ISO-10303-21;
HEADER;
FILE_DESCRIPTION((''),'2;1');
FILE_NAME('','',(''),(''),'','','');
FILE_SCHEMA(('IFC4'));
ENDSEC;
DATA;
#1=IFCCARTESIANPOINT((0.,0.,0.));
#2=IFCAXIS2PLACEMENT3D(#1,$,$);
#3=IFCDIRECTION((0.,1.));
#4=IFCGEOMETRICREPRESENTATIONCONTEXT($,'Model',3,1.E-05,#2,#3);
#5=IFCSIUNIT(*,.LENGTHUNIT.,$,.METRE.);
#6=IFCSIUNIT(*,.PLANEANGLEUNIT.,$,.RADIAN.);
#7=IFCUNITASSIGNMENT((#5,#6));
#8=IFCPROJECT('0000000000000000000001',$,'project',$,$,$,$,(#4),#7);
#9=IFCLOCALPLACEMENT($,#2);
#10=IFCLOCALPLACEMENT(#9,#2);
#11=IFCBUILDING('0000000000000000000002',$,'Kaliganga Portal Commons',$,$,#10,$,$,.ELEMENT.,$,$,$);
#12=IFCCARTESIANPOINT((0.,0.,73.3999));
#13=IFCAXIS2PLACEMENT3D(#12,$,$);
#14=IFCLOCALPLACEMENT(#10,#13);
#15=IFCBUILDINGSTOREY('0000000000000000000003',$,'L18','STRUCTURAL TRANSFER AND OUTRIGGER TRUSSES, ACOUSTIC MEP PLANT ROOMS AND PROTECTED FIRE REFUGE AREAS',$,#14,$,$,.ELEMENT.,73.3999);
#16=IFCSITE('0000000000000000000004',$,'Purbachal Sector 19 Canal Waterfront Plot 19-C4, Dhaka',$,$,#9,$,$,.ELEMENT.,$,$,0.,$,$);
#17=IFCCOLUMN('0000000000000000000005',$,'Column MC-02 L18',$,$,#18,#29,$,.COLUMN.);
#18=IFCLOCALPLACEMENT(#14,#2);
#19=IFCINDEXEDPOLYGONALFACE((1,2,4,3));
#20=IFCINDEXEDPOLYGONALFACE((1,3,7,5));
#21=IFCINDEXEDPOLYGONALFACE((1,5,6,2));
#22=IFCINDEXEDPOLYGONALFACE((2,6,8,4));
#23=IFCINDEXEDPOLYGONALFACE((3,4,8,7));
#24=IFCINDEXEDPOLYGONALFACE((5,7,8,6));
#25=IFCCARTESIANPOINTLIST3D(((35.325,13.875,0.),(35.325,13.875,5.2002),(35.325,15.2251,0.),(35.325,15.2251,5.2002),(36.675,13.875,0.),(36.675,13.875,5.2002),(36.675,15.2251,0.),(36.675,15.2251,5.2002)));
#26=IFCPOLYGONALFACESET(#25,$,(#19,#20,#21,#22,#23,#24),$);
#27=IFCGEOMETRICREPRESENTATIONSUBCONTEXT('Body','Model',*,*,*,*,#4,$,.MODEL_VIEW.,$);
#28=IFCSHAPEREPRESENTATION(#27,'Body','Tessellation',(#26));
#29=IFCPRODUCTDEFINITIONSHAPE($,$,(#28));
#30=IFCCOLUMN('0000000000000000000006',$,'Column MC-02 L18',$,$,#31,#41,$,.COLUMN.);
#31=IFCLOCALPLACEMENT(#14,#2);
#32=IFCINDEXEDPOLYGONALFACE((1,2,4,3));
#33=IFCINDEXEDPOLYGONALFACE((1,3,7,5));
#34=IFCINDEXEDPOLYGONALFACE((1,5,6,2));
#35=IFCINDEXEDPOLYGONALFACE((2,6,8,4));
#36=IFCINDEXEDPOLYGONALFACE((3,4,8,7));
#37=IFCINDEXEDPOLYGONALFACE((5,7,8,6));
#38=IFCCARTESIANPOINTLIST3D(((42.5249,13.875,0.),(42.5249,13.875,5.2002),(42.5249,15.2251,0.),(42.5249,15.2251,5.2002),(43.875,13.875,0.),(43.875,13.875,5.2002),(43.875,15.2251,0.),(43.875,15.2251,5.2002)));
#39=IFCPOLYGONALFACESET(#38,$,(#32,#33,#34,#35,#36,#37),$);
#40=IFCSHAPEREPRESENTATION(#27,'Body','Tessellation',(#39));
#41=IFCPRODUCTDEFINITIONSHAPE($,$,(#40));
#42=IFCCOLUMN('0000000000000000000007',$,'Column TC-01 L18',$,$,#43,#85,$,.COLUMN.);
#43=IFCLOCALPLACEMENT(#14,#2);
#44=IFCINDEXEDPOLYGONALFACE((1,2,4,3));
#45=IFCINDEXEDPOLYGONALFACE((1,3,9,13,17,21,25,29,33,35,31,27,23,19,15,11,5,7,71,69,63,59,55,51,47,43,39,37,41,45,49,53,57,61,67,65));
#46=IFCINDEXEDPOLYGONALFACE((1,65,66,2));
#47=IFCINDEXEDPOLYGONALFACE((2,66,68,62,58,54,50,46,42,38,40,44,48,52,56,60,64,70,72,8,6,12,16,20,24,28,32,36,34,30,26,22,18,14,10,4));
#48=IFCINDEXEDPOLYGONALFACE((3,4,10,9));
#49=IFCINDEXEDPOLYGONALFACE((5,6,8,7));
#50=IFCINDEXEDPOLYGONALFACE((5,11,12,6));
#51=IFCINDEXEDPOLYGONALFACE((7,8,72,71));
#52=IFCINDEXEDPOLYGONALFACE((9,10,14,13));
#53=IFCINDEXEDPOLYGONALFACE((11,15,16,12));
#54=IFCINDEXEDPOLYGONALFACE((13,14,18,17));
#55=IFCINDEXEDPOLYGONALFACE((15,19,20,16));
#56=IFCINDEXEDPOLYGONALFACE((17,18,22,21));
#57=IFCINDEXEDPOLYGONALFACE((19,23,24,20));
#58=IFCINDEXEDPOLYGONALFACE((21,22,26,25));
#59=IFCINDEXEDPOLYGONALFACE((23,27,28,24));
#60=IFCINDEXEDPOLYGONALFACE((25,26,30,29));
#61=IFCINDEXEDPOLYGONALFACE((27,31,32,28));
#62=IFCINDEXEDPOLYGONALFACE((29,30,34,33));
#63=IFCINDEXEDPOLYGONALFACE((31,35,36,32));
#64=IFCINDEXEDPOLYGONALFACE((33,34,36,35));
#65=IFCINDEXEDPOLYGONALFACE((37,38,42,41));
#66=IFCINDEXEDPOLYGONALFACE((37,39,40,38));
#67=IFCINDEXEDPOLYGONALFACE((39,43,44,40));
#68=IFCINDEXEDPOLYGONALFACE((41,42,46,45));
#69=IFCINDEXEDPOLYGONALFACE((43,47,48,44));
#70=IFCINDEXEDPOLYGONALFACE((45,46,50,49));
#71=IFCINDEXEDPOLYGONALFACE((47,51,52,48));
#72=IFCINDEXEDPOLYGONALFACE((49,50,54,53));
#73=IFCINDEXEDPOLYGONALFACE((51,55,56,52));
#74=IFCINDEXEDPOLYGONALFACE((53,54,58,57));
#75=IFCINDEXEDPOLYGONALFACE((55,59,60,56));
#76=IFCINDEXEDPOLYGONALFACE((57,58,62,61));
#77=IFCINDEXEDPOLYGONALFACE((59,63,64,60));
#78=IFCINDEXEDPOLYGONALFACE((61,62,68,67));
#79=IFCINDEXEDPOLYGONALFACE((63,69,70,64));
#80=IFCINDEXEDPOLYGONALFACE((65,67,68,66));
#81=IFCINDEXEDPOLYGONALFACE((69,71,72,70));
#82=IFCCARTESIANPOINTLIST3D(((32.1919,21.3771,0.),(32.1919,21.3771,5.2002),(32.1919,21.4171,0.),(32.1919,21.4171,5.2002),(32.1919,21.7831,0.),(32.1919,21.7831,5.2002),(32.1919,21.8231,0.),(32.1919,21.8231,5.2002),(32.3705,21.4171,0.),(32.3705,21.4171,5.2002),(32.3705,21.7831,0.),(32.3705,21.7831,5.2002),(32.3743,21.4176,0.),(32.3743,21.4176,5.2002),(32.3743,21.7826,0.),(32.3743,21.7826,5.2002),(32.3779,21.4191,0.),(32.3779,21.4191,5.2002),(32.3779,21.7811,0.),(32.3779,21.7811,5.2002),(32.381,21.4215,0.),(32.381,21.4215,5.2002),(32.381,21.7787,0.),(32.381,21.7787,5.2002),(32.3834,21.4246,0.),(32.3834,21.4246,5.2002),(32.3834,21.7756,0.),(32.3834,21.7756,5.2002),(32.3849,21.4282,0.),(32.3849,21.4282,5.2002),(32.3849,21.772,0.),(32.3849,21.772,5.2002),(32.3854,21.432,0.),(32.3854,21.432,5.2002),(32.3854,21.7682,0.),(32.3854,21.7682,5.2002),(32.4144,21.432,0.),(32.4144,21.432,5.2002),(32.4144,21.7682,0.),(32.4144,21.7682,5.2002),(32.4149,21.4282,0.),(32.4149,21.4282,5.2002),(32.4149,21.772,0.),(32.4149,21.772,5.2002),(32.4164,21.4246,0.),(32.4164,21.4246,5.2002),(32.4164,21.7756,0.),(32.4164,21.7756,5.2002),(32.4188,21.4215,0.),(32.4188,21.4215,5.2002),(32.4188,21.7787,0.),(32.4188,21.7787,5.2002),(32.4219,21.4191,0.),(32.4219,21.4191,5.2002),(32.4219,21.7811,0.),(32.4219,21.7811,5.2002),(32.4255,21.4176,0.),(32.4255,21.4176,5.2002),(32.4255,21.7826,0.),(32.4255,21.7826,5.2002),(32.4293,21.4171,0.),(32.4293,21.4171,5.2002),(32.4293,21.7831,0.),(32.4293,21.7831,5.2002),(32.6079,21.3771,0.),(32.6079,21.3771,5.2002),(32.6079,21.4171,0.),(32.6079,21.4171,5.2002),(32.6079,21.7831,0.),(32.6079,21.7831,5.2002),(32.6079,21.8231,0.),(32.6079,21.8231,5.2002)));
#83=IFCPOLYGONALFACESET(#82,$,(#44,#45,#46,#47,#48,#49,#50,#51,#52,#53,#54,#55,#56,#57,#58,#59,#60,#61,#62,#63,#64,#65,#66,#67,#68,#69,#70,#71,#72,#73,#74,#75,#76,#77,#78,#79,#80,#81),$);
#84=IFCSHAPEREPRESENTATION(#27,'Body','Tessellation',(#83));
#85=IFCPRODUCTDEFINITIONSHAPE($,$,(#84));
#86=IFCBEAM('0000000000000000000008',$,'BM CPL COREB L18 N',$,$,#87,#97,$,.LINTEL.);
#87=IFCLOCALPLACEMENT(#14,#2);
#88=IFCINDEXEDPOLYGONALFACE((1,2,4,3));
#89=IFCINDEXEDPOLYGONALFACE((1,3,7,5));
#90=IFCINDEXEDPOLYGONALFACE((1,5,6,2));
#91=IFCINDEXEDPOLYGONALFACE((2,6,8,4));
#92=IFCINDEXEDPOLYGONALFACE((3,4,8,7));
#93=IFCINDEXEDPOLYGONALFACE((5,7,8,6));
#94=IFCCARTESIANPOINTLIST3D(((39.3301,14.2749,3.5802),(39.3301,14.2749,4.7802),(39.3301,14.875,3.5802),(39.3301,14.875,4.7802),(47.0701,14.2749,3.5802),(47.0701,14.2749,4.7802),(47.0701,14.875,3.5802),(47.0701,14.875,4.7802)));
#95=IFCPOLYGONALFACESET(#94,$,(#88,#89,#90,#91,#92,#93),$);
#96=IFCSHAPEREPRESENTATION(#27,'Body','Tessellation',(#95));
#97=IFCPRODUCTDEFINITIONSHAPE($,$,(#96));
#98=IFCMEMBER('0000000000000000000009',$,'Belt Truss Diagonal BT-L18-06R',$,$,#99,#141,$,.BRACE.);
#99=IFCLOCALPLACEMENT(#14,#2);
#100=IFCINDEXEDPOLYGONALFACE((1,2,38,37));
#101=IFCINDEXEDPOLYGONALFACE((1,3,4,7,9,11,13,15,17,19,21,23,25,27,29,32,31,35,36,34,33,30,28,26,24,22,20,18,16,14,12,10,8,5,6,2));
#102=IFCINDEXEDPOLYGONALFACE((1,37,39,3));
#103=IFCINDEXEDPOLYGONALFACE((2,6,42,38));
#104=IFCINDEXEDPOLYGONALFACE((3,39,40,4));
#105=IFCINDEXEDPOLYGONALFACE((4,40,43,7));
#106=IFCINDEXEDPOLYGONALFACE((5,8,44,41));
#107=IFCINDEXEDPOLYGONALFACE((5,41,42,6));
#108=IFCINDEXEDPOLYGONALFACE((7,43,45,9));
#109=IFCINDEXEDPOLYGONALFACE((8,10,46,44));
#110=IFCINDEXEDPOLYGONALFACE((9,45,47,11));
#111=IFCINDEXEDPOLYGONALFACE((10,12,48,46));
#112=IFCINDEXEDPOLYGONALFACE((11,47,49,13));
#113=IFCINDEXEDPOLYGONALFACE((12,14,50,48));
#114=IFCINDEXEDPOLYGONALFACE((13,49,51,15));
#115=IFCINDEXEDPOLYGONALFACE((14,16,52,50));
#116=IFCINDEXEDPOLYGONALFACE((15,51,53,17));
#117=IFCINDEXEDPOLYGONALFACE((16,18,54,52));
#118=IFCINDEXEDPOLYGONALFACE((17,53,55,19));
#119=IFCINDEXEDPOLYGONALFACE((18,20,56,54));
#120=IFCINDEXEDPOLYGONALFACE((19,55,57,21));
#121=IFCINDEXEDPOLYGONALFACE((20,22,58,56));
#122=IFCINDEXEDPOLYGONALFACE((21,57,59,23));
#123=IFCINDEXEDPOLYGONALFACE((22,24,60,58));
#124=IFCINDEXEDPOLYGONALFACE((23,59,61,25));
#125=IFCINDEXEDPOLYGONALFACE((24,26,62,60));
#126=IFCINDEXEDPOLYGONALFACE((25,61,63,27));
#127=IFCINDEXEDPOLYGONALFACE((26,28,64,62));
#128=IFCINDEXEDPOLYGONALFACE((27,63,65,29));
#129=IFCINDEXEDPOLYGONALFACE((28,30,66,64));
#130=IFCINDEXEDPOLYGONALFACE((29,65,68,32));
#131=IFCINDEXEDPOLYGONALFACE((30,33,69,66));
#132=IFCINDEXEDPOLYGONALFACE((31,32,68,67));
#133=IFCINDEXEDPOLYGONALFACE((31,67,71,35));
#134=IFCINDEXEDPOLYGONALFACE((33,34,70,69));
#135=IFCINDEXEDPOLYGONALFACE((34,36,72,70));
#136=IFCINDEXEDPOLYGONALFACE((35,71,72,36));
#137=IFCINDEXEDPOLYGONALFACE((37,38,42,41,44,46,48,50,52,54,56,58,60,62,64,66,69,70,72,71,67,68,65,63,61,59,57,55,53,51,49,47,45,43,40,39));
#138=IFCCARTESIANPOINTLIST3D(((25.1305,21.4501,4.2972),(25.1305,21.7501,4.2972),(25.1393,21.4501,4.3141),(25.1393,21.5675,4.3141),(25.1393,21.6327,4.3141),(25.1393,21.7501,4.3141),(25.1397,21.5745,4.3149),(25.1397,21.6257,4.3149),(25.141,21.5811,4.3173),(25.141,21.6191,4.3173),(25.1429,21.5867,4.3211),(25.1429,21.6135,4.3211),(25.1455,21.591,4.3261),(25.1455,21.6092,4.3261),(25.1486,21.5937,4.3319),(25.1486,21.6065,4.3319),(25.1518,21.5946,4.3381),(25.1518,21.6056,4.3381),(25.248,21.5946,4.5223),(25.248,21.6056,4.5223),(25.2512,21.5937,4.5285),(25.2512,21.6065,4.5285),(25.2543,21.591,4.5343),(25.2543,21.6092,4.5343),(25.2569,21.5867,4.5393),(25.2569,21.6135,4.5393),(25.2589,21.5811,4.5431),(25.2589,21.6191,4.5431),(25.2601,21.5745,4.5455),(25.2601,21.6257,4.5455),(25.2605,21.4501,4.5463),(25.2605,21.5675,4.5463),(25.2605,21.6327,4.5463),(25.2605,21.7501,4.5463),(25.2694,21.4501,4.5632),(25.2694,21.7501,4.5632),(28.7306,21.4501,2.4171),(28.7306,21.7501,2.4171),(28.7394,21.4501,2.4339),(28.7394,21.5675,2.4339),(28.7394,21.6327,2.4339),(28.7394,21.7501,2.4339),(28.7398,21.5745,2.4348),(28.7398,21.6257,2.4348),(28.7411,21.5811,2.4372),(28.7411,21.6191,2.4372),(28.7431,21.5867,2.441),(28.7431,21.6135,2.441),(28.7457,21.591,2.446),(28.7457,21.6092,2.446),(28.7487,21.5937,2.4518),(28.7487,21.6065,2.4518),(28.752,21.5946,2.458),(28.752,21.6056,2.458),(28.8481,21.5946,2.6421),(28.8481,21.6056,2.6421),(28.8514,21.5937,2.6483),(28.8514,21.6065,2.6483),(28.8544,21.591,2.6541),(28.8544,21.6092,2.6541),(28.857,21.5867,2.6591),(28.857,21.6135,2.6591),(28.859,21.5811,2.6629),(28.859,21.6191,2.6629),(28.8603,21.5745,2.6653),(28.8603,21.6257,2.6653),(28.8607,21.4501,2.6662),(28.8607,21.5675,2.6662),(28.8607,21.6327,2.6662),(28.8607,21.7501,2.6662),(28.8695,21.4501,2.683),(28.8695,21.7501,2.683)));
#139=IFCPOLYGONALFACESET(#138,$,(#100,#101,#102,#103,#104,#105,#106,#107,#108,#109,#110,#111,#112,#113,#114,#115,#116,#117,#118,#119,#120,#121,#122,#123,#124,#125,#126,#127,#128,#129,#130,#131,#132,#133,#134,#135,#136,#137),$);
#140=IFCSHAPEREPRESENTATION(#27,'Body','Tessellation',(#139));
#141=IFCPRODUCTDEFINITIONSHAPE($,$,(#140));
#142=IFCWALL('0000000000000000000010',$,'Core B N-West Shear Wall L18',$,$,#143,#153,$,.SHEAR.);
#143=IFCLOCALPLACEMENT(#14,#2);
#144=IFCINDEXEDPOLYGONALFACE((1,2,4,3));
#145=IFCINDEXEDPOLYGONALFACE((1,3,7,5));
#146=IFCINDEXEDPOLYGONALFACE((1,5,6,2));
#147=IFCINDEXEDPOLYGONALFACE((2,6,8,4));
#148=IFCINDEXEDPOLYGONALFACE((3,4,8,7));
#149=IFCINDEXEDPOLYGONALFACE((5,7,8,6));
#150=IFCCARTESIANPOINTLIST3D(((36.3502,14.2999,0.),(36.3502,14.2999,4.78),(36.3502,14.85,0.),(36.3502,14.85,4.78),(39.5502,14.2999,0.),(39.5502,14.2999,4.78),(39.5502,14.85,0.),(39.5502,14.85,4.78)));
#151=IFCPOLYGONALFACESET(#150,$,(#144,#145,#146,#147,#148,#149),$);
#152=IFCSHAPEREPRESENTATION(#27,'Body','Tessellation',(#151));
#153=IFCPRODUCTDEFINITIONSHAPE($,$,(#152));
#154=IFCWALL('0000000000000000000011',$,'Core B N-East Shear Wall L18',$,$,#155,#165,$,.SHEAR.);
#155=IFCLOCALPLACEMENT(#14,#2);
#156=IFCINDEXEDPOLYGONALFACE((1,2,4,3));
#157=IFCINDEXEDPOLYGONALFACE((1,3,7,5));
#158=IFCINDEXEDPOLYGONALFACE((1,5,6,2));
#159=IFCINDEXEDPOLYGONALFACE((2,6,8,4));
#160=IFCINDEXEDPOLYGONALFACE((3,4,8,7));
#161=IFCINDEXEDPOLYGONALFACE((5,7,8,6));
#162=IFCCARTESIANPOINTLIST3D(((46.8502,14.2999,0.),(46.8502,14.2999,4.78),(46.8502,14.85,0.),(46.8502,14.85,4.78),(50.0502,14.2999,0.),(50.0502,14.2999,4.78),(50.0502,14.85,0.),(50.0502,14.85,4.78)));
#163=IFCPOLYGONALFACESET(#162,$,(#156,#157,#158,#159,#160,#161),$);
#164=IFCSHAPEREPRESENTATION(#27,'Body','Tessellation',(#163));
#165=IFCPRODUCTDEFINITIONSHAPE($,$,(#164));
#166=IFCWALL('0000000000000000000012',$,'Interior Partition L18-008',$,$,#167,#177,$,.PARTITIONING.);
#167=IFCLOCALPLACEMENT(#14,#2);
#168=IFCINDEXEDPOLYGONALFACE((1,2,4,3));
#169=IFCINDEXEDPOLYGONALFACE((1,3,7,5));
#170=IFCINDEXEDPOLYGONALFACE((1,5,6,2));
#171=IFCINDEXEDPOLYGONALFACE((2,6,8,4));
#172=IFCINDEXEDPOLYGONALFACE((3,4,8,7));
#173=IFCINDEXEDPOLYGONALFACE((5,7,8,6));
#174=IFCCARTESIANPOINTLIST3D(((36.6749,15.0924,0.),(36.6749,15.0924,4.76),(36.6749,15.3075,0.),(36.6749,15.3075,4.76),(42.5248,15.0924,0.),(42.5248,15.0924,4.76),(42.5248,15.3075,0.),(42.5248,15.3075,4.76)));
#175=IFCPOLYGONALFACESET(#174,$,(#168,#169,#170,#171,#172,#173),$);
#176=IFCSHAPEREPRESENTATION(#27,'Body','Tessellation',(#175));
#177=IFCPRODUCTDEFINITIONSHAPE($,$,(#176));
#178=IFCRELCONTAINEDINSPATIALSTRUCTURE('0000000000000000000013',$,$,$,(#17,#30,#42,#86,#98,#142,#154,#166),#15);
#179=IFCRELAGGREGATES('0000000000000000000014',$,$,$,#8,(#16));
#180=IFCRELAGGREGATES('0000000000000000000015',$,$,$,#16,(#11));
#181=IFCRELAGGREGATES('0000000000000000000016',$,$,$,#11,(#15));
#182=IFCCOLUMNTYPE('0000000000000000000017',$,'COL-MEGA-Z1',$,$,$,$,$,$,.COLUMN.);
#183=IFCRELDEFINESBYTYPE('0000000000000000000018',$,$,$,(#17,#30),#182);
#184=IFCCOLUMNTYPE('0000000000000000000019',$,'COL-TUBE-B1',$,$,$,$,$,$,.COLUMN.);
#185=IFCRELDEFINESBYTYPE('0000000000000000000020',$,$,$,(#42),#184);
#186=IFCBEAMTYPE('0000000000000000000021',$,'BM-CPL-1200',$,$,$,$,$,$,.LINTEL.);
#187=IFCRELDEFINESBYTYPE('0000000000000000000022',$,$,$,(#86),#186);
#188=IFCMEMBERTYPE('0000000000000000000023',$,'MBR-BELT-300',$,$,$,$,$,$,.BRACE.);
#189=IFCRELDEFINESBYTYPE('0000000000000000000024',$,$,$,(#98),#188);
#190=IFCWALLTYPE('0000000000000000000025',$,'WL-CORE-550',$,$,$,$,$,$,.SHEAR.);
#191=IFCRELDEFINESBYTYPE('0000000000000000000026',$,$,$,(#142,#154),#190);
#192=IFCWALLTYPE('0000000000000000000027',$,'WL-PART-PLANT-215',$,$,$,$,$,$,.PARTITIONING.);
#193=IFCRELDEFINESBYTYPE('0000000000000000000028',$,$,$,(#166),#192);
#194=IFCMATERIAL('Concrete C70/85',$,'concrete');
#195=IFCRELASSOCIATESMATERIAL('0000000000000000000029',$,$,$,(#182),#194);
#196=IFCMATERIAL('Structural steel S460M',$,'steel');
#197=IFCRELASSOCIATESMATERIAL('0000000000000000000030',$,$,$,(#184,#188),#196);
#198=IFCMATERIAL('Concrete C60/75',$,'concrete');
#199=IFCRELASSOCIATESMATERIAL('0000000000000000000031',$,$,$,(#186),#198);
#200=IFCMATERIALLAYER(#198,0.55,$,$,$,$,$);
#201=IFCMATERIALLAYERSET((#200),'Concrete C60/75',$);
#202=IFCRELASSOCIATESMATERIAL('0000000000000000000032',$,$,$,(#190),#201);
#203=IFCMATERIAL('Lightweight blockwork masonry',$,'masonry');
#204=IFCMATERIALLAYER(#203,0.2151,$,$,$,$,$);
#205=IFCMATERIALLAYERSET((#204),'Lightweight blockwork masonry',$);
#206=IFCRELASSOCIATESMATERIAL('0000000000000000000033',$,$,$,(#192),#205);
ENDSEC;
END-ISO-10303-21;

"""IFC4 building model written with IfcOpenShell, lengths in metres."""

from ifc_helpers import new_model, si_unit, direction, frame, frame_2d, origin, origin_2d, place, context, subcontext, project, spatial, rectangle, i_section, extrude, source, transform, mapped, material, layer, layer_set, material_profile, profile_set, type_object, element, save


model = new_model("IFC4")

# Units and contexts
model_context = context("Model", 3, precision=1e-05, world=origin(), true_north=direction((0.0, 1.0)))
body_context = subcontext(model_context, "Body", "Model", "MODEL_VIEW")
ifc_project = project(units=[si_unit("LENGTHUNIT", "METRE"), si_unit("PLANEANGLEUNIT", "RADIAN")], contexts=[model_context])

# Site, building, storey
site_placement = place(None, origin())
site = spatial("IfcSite", under=ifc_project, at=site_placement, Name="Purbachal Sector 19 Canal Waterfront Plot 19-C4, Dhaka", CompositionType="ELEMENT", RefElevation=0.0)
building_placement = place(site_placement, origin())
building = spatial("IfcBuilding", under=site, at=building_placement, Name="Kaliganga Portal Commons", CompositionType="ELEMENT")
storey_placement = place(building_placement, frame((0.0, 0.0, 73.3999)))
storey = spatial("IfcBuildingStorey", under=building, at=storey_placement, Name="L18", Description="STRUCTURAL TRANSFER AND OUTRIGGER TRUSSES, ACOUSTIC MEP PLANT ROOMS AND PROTECTED FIRE REFUGE AREAS", CompositionType="ELEMENT", Elevation=73.3999)

# Columns
ifc_material_1 = material(Name="Concrete C70/85", Category="concrete")
ifc_material_profile_1 = material_profile(ifc_material_1, rectangle(XDim=1.3501, YDim=1.3501, at=origin_2d()), Name="RC 1350x1350")
ifc_profile_set_1 = profile_set([ifc_material_profile_1], Name="Concrete C70/85")
column_type_1 = type_object("IfcColumnType", Name="COL-MEGA-Z1", PredefinedType="COLUMN", material=ifc_profile_set_1)
shared_shape_1 = source(origin(), body_context, "Body", "SweptSolid", [
    extrude(rectangle(XDim=1.3501, YDim=1.3501, at=origin_2d()), origin(), (0.0, 0.0, 1.0), 5.2002),
])
for number, where, z_axis, x_axis, name in (
    (1, (36.0, 14.55, 0.0), (0.0, 0.0, 1.0), (1.0, 0.0, 0.0), "Column MC-02 L18"),
    (2, (43.2, 14.55, 0.0), (0.0, 0.0, 1.0), (1.0, 0.0, 0.0), "Column MC-02 L18"),
):
    element("IfcColumn", number, at=place(storey_placement, frame(where, z_axis=z_axis, x_axis=x_axis)), inside=storey, type_object=column_type_1, Name=name, PredefinedType="COLUMN", context=body_context, shape_type="MappedRepresentation", body=[
        mapped(shared_shape_1, transform((0.0, 0.0, 0.0), x_axis=(1.0, 0.0, 0.0), y_axis=(0.0, 1.0, 0.0), z_axis=(0.0, 0.0, 1.0), scale=1.0)),
    ])
ifc_material_2 = material(Name="Structural steel S460M", Category="steel")
ifc_material_profile_2 = material_profile(ifc_material_2, i_section(OverallWidth=0.416, OverallDepth=0.446, WebThickness=0.0291, FlangeThickness=0.04, FilletRadius=0.0149, at=origin_2d()), Name="HD 400x509")
ifc_profile_set_2 = profile_set([ifc_material_profile_2], Name="Structural steel S460M wide-flange")
column_type_2 = type_object("IfcColumnType", Name="COL-TUBE-B1", PredefinedType="COLUMN", material=ifc_profile_set_2)
shared_shape_2 = source(origin(), body_context, "Body", "SweptSolid", [
    extrude(i_section(OverallWidth=0.416, OverallDepth=0.446, WebThickness=0.0291, FlangeThickness=0.04, FilletRadius=0.0149, at=origin_2d()), origin(), (0.0, 0.0, 1.0), 5.2002),
])
column_placement = place(storey_placement, frame((32.3999, 21.6001, 0.0), z_axis=(0.0, 0.0, 1.0), x_axis=(1.0, 0.0, 0.0)))
element("IfcColumn", 3, at=column_placement, inside=storey, type_object=column_type_2, Name="Column TC-01 L18", PredefinedType="COLUMN", context=body_context, shape_type="MappedRepresentation", body=[
    mapped(shared_shape_2, transform((0.0, 0.0, 0.0), x_axis=(1.0, 0.0, 0.0), y_axis=(0.0, 1.0, 0.0), z_axis=(0.0, 0.0, 1.0), scale=1.0)),
])

# Beam
ifc_material_3 = material(Name="Concrete C60/75", Category="concrete")
ifc_material_profile_3 = material_profile(ifc_material_3, rectangle(XDim=0.6001, YDim=1.2, at=origin_2d()), Name="RC 600x1200")
ifc_profile_set_3 = profile_set([ifc_material_profile_3], Name="Concrete C60/75")
beam_type = type_object("IfcBeamType", Name="BM-CPL-1200", PredefinedType="LINTEL", material=ifc_profile_set_3)
shared_shape_3 = source(origin(), body_context, "Body", "SweptSolid", [
    extrude(rectangle(XDim=0.6001, YDim=1.2, at=origin_2d()), origin(), (0.0, 0.0, 1.0), 7.74),
])
beam_placement = place(storey_placement, frame((39.3301, 14.575, 4.1802), z_axis=(1.0, 0.0, 0.0), x_axis=(0.0, 1.0, 0.0)))
element("IfcBeam", 4, at=beam_placement, inside=storey, type_object=beam_type, Name="BM CPL COREB L18 N", PredefinedType="LINTEL", context=body_context, shape_type="MappedRepresentation", body=[
    mapped(shared_shape_3, transform((0.0, 0.0, 0.0), x_axis=(1.0, 0.0, 0.0), y_axis=(0.0, 1.0, 0.0), z_axis=(0.0, 0.0, 1.0), scale=1.0)),
])

# Member
ifc_material_profile_4 = material_profile(ifc_material_2, i_section(OverallWidth=0.3, OverallDepth=0.3, WebThickness=0.011, FlangeThickness=0.019, FilletRadius=0.0271, at=origin_2d()), Name="HE 300 B")
ifc_profile_set_4 = profile_set([ifc_material_profile_4], Name="Structural steel S460M wide-flange")
member_type = type_object("IfcMemberType", Name="MBR-BELT-300", PredefinedType="BRACE", material=ifc_profile_set_4)
shared_shape_4 = source(origin(), body_context, "Body", "SweptSolid", [
    extrude(i_section(OverallWidth=0.3, OverallDepth=0.3, WebThickness=0.011, FlangeThickness=0.019, FilletRadius=0.0271, at=origin_2d()), origin(), (0.0, 0.0, 1.0), 4.0615),
])
member_placement = place(storey_placement, frame((28.8, 21.6001, 2.55), z_axis=(-0.886401, 0.0, 0.462917), x_axis=(0.0, -1.0, 0.0)))
element("IfcMember", 5, at=member_placement, inside=storey, type_object=member_type, Name="Belt Truss Diagonal BT-L18-06R", PredefinedType="BRACE", context=body_context, shape_type="MappedRepresentation", body=[
    mapped(shared_shape_4, transform((0.0, 0.0, 0.0), x_axis=(1.0, 0.0, 0.0), y_axis=(0.0, 1.0, 0.0), z_axis=(0.0, 0.0, 1.0), scale=1.0)),
])

# Walls
ifc_layer_1 = layer(ifc_material_3, 0.55)
ifc_layer_set_1 = layer_set([ifc_layer_1], Name="Concrete C60/75")
wall_type_1 = type_object("IfcWallType", Name="WL-CORE-550", PredefinedType="SHEAR", material=ifc_layer_set_1)
for number, where, z_axis, x_axis, name in (
    (6, (36.3501, 14.575, 0.0), (0.0, 0.0, 1.0), (1.0, 0.0, 0.0), "Core B N-West Shear Wall L18"),
    (7, (46.8501, 14.575, 0.0), (0.0, 0.0, 1.0), (1.0, 0.0, 0.0), "Core B N-East Shear Wall L18"),
):
    element("IfcWall", number, at=place(storey_placement, frame(where, z_axis=z_axis, x_axis=x_axis)), inside=storey, type_object=wall_type_1, Name=name, PredefinedType="SHEAR", context=body_context, shape_type="SweptSolid", body=[
        extrude(rectangle(XDim=3.2, YDim=0.55, at=frame_2d((1.6001, 0.0))), origin(), (0.0, 0.0, 1.0), 4.78),
    ])

# Shared definitions
ifc_material_4 = material(Name="Lightweight blockwork masonry", Category="masonry")
ifc_layer_2 = layer(ifc_material_4, 0.2151)
ifc_layer_set_2 = layer_set([ifc_layer_2], Name="Lightweight blockwork masonry")
wall_type_2 = type_object("IfcWallType", Name="WL-PART-PLANT-215", PredefinedType="PARTITIONING", material=ifc_layer_set_2)

# Wall
wall_1_placement = place(storey_placement, frame((36.675, 15.2, 0.0), z_axis=(0.0, 0.0, 1.0), x_axis=(1.0, 0.0, 0.0)))
element("IfcWall", 8, at=wall_1_placement, inside=storey, type_object=wall_type_2, Name="Interior Partition L18-008", PredefinedType="PARTITIONING", context=body_context, shape_type="SweptSolid", body=[
    extrude(rectangle(XDim=5.8499, YDim=0.2151, at=frame_2d((2.9248, 0.0))), origin(), (0.0, 0.0, 1.0), 4.76),
])

save(model, "model.ifc")
